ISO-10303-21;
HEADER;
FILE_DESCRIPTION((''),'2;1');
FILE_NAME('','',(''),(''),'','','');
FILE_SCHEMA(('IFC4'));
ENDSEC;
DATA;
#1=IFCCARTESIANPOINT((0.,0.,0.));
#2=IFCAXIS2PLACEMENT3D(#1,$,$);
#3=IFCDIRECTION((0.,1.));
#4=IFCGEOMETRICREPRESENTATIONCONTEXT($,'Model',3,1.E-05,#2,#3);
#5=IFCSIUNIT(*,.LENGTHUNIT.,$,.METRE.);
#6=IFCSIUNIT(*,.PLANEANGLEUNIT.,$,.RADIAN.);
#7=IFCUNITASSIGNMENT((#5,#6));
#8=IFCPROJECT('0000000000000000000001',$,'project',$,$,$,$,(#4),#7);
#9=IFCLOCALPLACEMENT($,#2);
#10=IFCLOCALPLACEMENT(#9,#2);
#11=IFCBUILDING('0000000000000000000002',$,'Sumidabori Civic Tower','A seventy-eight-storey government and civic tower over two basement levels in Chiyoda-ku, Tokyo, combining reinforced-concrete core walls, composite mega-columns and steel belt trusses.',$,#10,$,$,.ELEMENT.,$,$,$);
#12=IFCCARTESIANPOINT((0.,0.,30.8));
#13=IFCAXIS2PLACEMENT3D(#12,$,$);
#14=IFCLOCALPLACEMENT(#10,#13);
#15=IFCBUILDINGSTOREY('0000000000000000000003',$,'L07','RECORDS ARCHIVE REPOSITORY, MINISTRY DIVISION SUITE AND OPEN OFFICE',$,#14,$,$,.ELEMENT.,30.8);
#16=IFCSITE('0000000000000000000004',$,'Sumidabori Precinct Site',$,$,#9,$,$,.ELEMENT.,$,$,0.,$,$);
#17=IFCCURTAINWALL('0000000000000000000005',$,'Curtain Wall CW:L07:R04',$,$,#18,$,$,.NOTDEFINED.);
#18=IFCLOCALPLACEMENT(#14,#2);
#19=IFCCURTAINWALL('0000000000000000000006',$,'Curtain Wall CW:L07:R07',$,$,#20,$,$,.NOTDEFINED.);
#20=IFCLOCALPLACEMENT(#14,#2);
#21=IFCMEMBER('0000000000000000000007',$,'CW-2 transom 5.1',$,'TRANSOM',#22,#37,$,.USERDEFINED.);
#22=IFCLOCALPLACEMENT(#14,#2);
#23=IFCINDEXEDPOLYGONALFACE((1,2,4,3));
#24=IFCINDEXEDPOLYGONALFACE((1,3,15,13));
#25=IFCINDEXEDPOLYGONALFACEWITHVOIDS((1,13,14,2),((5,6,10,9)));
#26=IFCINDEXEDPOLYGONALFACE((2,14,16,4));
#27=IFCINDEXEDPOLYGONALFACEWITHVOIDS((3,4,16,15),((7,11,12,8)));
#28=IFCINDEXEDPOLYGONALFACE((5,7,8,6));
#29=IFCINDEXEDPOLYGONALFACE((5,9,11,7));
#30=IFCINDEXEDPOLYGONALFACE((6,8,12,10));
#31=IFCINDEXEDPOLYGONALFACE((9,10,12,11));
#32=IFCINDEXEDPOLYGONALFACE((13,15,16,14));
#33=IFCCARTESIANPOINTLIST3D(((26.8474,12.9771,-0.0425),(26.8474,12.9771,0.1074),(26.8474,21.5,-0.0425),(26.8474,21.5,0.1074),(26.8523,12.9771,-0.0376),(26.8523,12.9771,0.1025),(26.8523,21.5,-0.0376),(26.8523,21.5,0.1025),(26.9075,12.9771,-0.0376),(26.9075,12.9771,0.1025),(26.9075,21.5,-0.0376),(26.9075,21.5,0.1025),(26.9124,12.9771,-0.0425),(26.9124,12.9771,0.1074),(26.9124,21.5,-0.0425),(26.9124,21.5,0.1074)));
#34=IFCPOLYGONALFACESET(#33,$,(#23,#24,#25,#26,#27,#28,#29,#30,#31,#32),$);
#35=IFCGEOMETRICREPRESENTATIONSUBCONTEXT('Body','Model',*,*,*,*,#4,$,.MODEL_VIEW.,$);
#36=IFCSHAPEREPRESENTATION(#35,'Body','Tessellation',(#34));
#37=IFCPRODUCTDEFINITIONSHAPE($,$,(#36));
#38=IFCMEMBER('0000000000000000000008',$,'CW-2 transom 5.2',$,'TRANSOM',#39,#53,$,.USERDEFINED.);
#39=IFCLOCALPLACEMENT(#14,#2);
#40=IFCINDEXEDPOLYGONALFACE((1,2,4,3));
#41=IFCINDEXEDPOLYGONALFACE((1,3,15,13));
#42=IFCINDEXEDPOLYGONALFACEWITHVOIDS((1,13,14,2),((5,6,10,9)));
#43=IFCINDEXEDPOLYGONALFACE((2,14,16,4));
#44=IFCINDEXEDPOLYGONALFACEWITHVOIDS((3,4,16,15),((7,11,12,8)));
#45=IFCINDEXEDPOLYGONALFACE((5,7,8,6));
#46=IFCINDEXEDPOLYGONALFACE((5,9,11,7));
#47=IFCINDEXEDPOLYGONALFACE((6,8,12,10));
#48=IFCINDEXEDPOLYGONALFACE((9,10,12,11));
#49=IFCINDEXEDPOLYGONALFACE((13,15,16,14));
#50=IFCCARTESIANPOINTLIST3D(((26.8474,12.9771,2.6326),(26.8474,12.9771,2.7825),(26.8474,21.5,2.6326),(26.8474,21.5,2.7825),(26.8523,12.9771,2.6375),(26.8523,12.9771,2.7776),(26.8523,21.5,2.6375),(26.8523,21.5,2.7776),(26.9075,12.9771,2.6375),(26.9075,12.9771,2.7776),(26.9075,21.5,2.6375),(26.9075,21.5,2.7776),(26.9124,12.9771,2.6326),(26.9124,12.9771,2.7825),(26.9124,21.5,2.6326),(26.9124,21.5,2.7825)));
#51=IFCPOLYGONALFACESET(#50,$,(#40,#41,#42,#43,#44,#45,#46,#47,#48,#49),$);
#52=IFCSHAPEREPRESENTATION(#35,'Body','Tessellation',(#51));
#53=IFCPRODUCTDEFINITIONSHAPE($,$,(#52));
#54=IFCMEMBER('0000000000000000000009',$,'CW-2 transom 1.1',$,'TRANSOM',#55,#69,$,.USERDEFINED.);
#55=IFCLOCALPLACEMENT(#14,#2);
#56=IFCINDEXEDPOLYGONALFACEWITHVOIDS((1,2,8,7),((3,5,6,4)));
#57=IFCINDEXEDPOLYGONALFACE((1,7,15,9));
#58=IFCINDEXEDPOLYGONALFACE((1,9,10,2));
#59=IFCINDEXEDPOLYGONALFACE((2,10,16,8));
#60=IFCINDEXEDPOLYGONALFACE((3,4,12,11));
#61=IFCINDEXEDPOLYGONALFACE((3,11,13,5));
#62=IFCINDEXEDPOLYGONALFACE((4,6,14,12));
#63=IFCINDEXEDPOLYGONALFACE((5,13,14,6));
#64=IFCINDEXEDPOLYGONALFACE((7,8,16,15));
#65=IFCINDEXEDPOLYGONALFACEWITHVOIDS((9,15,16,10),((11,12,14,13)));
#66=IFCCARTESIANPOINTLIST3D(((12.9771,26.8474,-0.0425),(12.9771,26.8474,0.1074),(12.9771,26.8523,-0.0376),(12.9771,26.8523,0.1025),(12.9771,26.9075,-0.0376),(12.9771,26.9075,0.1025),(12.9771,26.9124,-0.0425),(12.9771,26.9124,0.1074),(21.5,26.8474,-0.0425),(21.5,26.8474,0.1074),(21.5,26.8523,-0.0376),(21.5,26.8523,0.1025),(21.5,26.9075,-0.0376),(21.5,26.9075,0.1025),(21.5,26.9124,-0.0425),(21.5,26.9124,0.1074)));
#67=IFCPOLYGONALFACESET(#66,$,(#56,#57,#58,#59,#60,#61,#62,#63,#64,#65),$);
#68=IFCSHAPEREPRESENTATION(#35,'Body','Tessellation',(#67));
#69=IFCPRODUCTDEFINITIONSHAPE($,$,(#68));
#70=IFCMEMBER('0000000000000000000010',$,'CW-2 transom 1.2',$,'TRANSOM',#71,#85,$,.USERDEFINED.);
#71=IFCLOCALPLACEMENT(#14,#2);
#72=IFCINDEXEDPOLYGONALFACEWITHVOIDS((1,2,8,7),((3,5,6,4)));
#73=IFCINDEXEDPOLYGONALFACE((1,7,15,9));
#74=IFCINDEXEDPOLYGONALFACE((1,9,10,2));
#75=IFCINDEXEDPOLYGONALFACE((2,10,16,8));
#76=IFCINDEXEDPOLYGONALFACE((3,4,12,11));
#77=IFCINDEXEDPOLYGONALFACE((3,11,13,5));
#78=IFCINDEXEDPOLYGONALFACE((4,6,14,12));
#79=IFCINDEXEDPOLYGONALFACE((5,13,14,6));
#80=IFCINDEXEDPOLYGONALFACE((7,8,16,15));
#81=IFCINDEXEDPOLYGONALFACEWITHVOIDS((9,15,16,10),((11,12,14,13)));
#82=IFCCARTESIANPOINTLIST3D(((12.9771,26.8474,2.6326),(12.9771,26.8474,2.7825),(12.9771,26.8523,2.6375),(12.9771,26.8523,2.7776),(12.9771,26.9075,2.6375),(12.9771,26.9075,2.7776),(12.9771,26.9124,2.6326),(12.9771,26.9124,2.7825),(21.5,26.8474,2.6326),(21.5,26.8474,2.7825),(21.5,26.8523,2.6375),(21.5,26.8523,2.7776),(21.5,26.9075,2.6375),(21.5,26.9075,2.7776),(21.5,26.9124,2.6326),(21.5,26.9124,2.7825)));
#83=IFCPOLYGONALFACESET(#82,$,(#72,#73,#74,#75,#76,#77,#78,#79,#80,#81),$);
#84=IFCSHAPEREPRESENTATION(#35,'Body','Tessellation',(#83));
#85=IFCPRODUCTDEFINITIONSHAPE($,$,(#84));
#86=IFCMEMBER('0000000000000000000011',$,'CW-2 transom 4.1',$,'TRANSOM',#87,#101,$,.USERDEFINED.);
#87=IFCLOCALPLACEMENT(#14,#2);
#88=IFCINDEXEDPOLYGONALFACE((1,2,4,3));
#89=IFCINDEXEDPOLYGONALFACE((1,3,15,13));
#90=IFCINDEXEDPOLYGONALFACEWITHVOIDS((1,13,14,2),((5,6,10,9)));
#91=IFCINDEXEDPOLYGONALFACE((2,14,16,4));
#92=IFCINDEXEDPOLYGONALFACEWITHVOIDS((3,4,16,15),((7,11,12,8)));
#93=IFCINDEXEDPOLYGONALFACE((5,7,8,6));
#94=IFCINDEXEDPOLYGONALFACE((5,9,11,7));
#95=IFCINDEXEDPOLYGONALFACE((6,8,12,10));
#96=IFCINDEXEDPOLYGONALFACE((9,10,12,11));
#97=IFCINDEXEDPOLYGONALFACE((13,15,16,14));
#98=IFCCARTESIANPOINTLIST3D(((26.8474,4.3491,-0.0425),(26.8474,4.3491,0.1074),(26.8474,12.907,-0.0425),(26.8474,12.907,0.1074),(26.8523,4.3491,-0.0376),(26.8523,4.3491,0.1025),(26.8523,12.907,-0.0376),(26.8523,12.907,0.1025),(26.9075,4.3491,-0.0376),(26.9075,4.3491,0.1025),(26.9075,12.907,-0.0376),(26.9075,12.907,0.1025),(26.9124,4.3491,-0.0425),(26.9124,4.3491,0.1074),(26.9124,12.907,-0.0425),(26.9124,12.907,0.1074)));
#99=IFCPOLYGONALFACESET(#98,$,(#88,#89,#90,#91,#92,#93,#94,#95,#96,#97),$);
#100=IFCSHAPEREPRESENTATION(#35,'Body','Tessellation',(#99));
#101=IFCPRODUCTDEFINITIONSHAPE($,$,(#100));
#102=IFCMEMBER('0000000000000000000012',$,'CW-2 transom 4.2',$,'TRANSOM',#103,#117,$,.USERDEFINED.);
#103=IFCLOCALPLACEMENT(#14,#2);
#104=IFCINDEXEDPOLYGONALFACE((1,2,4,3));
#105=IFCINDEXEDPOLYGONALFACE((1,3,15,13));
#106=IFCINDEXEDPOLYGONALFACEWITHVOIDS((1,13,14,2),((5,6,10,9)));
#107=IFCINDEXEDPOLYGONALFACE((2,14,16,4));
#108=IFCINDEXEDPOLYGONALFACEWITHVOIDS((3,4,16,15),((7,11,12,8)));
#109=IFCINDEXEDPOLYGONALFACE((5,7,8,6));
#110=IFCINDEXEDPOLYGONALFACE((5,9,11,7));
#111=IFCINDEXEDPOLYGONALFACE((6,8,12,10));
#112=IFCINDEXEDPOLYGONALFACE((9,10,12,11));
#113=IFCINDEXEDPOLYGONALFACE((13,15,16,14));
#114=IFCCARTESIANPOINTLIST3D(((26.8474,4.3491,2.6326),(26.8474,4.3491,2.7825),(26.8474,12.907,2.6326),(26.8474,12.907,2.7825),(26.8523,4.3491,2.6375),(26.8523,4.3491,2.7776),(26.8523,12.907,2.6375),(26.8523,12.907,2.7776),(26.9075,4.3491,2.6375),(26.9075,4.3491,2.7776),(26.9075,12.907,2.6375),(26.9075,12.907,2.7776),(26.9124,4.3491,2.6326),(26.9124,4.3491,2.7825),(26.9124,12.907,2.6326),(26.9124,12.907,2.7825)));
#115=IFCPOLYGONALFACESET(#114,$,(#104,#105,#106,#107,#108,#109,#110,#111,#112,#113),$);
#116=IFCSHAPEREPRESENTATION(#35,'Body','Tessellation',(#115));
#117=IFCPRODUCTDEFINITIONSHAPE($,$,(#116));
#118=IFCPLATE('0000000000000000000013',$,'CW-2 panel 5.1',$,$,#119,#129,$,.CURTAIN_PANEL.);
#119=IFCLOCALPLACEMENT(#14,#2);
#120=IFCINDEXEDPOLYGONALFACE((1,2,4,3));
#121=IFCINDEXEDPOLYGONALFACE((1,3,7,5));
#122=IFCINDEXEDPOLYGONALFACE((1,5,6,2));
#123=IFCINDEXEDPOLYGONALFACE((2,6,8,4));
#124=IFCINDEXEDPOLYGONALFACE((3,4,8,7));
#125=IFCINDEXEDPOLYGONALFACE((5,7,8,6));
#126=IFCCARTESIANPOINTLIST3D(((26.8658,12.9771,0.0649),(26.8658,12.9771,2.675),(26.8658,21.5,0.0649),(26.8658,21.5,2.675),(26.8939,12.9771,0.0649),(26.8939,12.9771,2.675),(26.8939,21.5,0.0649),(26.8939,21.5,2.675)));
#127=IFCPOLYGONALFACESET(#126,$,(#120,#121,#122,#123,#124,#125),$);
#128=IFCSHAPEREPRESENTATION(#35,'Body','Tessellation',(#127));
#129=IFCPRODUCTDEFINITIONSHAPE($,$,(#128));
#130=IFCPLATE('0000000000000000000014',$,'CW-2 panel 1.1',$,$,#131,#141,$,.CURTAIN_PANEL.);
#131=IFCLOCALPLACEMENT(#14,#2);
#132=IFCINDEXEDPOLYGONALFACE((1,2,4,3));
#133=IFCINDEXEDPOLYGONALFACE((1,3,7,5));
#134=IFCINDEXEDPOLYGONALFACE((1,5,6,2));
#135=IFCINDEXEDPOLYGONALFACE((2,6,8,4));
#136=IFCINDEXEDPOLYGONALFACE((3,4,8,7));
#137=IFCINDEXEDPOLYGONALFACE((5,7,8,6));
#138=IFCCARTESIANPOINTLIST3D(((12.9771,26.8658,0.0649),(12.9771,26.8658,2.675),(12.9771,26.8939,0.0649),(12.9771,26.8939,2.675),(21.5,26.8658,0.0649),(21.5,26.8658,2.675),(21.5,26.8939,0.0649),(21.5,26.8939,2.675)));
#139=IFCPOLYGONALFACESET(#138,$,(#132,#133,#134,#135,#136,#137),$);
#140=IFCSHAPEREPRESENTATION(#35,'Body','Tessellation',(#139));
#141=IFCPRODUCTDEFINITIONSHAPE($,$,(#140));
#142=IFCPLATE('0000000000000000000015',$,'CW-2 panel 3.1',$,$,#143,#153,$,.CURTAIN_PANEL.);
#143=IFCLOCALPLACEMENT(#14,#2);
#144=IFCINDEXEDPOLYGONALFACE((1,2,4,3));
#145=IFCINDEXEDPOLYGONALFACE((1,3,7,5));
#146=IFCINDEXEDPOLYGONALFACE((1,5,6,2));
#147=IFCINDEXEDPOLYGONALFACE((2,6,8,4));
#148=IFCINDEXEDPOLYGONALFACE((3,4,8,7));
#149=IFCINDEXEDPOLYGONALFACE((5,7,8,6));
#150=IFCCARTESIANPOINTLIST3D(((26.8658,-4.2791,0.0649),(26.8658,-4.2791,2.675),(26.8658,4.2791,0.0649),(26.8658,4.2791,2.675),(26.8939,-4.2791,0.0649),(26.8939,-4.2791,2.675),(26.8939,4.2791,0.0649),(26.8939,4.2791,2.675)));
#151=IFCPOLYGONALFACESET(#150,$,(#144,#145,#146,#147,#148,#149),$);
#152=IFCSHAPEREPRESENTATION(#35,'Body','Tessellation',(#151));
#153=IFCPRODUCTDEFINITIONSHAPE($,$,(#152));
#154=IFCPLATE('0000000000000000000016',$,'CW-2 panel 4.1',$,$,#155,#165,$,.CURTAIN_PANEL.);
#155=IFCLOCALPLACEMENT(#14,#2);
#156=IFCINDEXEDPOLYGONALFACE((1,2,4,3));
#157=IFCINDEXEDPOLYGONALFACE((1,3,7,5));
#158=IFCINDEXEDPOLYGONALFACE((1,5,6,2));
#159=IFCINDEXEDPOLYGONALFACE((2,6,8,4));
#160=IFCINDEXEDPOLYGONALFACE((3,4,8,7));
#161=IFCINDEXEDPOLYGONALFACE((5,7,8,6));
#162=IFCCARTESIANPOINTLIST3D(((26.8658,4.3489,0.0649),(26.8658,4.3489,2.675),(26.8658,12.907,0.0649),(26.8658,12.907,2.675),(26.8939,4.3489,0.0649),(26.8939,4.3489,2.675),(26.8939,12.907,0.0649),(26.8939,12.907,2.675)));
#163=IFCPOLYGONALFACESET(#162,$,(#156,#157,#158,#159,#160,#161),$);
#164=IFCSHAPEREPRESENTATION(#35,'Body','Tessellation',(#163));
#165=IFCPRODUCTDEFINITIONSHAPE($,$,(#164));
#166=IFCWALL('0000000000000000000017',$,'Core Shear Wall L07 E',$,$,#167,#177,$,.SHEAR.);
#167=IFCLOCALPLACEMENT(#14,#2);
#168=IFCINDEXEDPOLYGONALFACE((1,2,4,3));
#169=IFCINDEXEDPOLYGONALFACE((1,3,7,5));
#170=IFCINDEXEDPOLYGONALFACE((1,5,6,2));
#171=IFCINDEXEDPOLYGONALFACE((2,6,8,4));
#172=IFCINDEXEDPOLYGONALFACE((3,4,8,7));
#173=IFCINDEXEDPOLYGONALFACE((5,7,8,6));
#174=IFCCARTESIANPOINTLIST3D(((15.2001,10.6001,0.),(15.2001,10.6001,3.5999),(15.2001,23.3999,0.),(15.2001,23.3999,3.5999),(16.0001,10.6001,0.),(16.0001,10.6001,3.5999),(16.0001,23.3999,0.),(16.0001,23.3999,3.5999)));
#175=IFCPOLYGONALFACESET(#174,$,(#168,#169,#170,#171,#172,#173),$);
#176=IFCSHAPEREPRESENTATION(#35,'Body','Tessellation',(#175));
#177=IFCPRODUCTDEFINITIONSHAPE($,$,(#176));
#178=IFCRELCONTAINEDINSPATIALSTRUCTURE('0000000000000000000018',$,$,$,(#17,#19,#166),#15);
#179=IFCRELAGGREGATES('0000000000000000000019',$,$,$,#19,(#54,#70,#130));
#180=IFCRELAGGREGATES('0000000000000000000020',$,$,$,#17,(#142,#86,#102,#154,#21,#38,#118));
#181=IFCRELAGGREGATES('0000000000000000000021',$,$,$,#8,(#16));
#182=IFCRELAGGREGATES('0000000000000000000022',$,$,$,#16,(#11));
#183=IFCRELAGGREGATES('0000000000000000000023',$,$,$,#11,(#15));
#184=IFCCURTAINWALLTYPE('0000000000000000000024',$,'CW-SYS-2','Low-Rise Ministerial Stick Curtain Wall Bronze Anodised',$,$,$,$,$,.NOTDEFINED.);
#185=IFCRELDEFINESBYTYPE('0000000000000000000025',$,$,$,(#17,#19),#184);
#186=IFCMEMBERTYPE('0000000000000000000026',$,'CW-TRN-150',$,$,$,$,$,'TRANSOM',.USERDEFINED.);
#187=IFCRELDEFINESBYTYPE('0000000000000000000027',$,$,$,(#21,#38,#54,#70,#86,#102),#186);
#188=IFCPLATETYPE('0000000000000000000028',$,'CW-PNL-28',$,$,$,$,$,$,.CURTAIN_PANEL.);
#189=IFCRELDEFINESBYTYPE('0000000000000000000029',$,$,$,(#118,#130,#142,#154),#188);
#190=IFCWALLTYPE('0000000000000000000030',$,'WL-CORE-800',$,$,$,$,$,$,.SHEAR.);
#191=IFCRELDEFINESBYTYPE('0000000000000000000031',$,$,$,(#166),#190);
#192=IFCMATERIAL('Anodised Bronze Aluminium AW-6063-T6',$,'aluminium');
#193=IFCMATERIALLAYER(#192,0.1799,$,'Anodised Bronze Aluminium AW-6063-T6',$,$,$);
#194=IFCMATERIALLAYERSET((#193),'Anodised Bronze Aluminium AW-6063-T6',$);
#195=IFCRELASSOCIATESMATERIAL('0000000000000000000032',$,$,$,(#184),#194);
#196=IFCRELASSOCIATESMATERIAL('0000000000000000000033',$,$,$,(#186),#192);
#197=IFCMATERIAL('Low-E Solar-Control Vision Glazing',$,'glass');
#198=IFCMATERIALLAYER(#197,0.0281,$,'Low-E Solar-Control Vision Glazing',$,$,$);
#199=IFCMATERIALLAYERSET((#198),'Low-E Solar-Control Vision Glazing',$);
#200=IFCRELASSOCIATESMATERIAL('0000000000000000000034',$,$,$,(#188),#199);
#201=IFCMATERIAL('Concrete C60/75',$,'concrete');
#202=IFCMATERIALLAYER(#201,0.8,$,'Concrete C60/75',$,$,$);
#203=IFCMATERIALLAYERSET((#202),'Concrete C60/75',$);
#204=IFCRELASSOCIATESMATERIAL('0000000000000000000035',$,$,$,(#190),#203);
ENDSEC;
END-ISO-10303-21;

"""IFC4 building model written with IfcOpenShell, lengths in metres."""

from ifc_helpers import new_model, si_unit, direction, frame, frame_2d, origin, origin_2d, place, context, subcontext, project, spatial, rectangle, hollow_rectangle, extrude, source, transform, mapped, material, layer, layer_set, material_profile, profile_set, type_object, element, aggregate, save


model = new_model("IFC4")

# Units and contexts
model_context = context("Model", 3, precision=1e-05, world=origin(), true_north=direction((0.0, 1.0)))
body_context = subcontext(model_context, "Body", "Model", "MODEL_VIEW")
ifc_project = project(units=[si_unit("LENGTHUNIT", "METRE"), si_unit("PLANEANGLEUNIT", "RADIAN")], contexts=[model_context])

# Site, building, storey
site_placement = place(None, origin())
site = spatial("IfcSite", under=ifc_project, at=site_placement, Name="Sumidabori Precinct Site", CompositionType="ELEMENT", RefElevation=0.0)
building_placement = place(site_placement, origin())
building = spatial("IfcBuilding", under=site, at=building_placement, Name="Sumidabori Civic Tower", Description="A seventy-eight-storey government and civic tower over two basement levels in Chiyoda-ku, Tokyo, combining reinforced-concrete core walls, composite mega-columns and steel belt trusses.", CompositionType="ELEMENT")
storey_placement = place(building_placement, frame((0.0, 0.0, 30.8)))
storey = spatial("IfcBuildingStorey", under=building, at=storey_placement, Name="L07", Description="RECORDS ARCHIVE REPOSITORY, MINISTRY DIVISION SUITE AND OPEN OFFICE", CompositionType="ELEMENT", Elevation=30.8)

# Shared definitions
ifc_material_1 = material(Name="Concrete C60/75", Category="concrete")

# Curtain wall
ifc_material_2 = material(Name="Anodised Bronze Aluminium AW-6063-T6", Category="aluminium")
ifc_layer_1 = layer(ifc_material_2, 0.1799, Name="Anodised Bronze Aluminium AW-6063-T6")
ifc_layer_set_1 = layer_set([ifc_layer_1], Name="Anodised Bronze Aluminium AW-6063-T6")
curtain_wall_type = type_object("IfcCurtainWallType", Name="CW-SYS-2", Description="Low-Rise Ministerial Stick Curtain Wall Bronze Anodised", PredefinedType="NOTDEFINED", material=ifc_layer_set_1)
curtain_wall_1_placement = place(storey_placement, origin())
curtain_wall_1 = element("IfcCurtainWall", 1, at=curtain_wall_1_placement, inside=storey, type_object=curtain_wall_type, Name="Curtain Wall CW:L07:R04", PredefinedType="NOTDEFINED")

# Curtain wall
curtain_wall_2_placement = place(storey_placement, origin())
curtain_wall_2 = element("IfcCurtainWall", 2, at=curtain_wall_2_placement, inside=storey, type_object=curtain_wall_type, Name="Curtain Wall CW:L07:R07", PredefinedType="NOTDEFINED")

# Members
ifc_material_profile_1 = material_profile(ifc_material_2, hollow_rectangle(XDim=0.0649, YDim=0.1499, WallThickness=0.0049, at=origin_2d()), Name="ALU TRANSOM 150x65")
ifc_profile_set_1 = profile_set([ifc_material_profile_1], Name="Anodised Bronze Aluminium AW-6063-T6")
member_type_1 = type_object("IfcMemberType", Name="CW-TRN-150", ElementType="TRANSOM", PredefinedType="USERDEFINED", material=ifc_profile_set_1)
shared_shape_1 = source(origin(), body_context, "Body", "SweptSolid", [
    extrude(hollow_rectangle(XDim=0.0649, YDim=0.1499, WallThickness=0.0049, at=origin_2d()), origin(), (0.0, 0.0, 1.0), 8.5229),
])
member_1_placement = place(storey_placement, frame((26.8799, 12.9771, 0.0325), z_axis=(0.0, 1.0, 0.0), x_axis=(-1.0, 0.0, 0.0)))
member_1 = element("IfcMember", 3, at=member_1_placement, type_object=member_type_1, Name="CW-2 transom 5.1", ObjectType="TRANSOM", PredefinedType="USERDEFINED", context=body_context, shape_type="MappedRepresentation", body=[
    mapped(shared_shape_1, transform((0.0, 0.0, 0.0), x_axis=(1.0, 0.0, 0.0), y_axis=(0.0, 1.0, 0.0), z_axis=(0.0, 0.0, 1.0), scale=1.0)),
])
member_2_placement = place(storey_placement, frame((26.8799, 12.9771, 2.7075), z_axis=(0.0, 1.0, 0.0), x_axis=(-1.0, 0.0, 0.0)))
member_2 = element("IfcMember", 4, at=member_2_placement, type_object=member_type_1, Name="CW-2 transom 5.2", ObjectType="TRANSOM", PredefinedType="USERDEFINED", context=body_context, shape_type="MappedRepresentation", body=[
    mapped(shared_shape_1, transform((0.0, 0.0, 0.0), x_axis=(1.0, 0.0, 0.0), y_axis=(0.0, 1.0, 0.0), z_axis=(0.0, 0.0, 1.0), scale=1.0)),
])
member_3_placement = place(storey_placement, frame((21.5, 26.8799, 0.0325), z_axis=(-1.0, 0.0, 0.0), x_axis=(0.0, -1.0, 0.0)))
member_3 = element("IfcMember", 5, at=member_3_placement, type_object=member_type_1, Name="CW-2 transom 1.1", ObjectType="TRANSOM", PredefinedType="USERDEFINED", context=body_context, shape_type="MappedRepresentation", body=[
    mapped(shared_shape_1, transform((0.0, 0.0, 0.0), x_axis=(1.0, 0.0, 0.0), y_axis=(0.0, 1.0, 0.0), z_axis=(0.0, 0.0, 1.0), scale=1.0)),
])
member_4_placement = place(storey_placement, frame((21.5, 26.8799, 2.7075), z_axis=(-1.0, 0.0, 0.0), x_axis=(0.0, -1.0, 0.0)))
member_4 = element("IfcMember", 6, at=member_4_placement, type_object=member_type_1, Name="CW-2 transom 1.2", ObjectType="TRANSOM", PredefinedType="USERDEFINED", context=body_context, shape_type="MappedRepresentation", body=[
    mapped(shared_shape_1, transform((0.0, 0.0, 0.0), x_axis=(1.0, 0.0, 0.0), y_axis=(0.0, 1.0, 0.0), z_axis=(0.0, 0.0, 1.0), scale=1.0)),
])
shared_shape_2 = source(origin(), body_context, "Body", "SweptSolid", [
    extrude(hollow_rectangle(XDim=0.0649, YDim=0.1499, WallThickness=0.0049, at=origin_2d()), origin(), (0.0, 0.0, 1.0), 8.5579),
])
member_5_placement = place(storey_placement, frame((26.8799, 4.3491, 0.0325), z_axis=(0.0, 1.0, 0.0), x_axis=(-1.0, 0.0, 0.0)))
member_5 = element("IfcMember", 7, at=member_5_placement, type_object=member_type_1, Name="CW-2 transom 4.1", ObjectType="TRANSOM", PredefinedType="USERDEFINED", context=body_context, shape_type="MappedRepresentation", body=[
    mapped(shared_shape_2, transform((0.0, 0.0, 0.0), x_axis=(1.0, 0.0, 0.0), y_axis=(0.0, 1.0, 0.0), z_axis=(0.0, 0.0, 1.0), scale=1.0)),
])
member_6_placement = place(storey_placement, frame((26.8799, 4.3491, 2.7075), z_axis=(0.0, 1.0, 0.0), x_axis=(-1.0, 0.0, 0.0)))
member_6 = element("IfcMember", 8, at=member_6_placement, type_object=member_type_1, Name="CW-2 transom 4.2", ObjectType="TRANSOM", PredefinedType="USERDEFINED", context=body_context, shape_type="MappedRepresentation", body=[
    mapped(shared_shape_2, transform((0.0, 0.0, 0.0), x_axis=(1.0, 0.0, 0.0), y_axis=(0.0, 1.0, 0.0), z_axis=(0.0, 0.0, 1.0), scale=1.0)),
])

# Plates
ifc_material_3 = material(Name="Low-E Solar-Control Vision Glazing", Category="glass")
ifc_layer_2 = layer(ifc_material_3, 0.0281, Name="Low-E Solar-Control Vision Glazing")
ifc_layer_set_2 = layer_set([ifc_layer_2], Name="Low-E Solar-Control Vision Glazing")
plate_type = type_object("IfcPlateType", Name="CW-PNL-28", PredefinedType="CURTAIN_PANEL", material=ifc_layer_set_2)
shared_shape_3 = source(origin(), body_context, "Body", "SweptSolid", [
    extrude(rectangle(XDim=8.5229, YDim=0.0281, at=origin_2d()), origin(), (0.0, 0.0, 1.0), 2.6101),
])
plate_1_placement = place(storey_placement, frame((26.8799, 17.2385, 0.0649), z_axis=(0.0, 0.0, 1.0), x_axis=(0.0, 1.0, 0.0)))
plate_1 = element("IfcPlate", 9, at=plate_1_placement, type_object=plate_type, Name="CW-2 panel 5.1", PredefinedType="CURTAIN_PANEL", context=body_context, shape_type="MappedRepresentation", body=[
    mapped(shared_shape_3, transform((0.0, 0.0, 0.0), x_axis=(1.0, 0.0, 0.0), y_axis=(0.0, 1.0, 0.0), z_axis=(0.0, 0.0, 1.0), scale=1.0)),
])
plate_2_placement = place(storey_placement, frame((17.2385, 26.8799, 0.0649), z_axis=(0.0, 0.0, 1.0), x_axis=(-1.0, 0.0, 0.0)))
plate_2 = element("IfcPlate", 10, at=plate_2_placement, type_object=plate_type, Name="CW-2 panel 1.1", PredefinedType="CURTAIN_PANEL", context=body_context, shape_type="MappedRepresentation", body=[
    mapped(shared_shape_3, transform((0.0, 0.0, 0.0), x_axis=(1.0, 0.0, 0.0), y_axis=(0.0, 1.0, 0.0), z_axis=(0.0, 0.0, 1.0), scale=1.0)),
])
aggregate(curtain_wall_2, [member_3, member_4, plate_2])
shared_shape_4 = source(origin(), body_context, "Body", "SweptSolid", [
    extrude(rectangle(XDim=8.5581, YDim=0.0281, at=origin_2d()), origin(), (0.0, 0.0, 1.0), 2.6101),
])
plate_3_placement = place(storey_placement, frame((26.8799, 0.0, 0.0649), z_axis=(0.0, 0.0, 1.0), x_axis=(0.0, 1.0, 0.0)))
plate_3 = element("IfcPlate", 11, at=plate_3_placement, type_object=plate_type, Name="CW-2 panel 3.1", PredefinedType="CURTAIN_PANEL", context=body_context, shape_type="MappedRepresentation", body=[
    mapped(shared_shape_4, transform((0.0, 0.0, 0.0), x_axis=(1.0, 0.0, 0.0), y_axis=(0.0, 1.0, 0.0), z_axis=(0.0, 0.0, 1.0), scale=1.0)),
])
plate_4_placement = place(storey_placement, frame((26.8799, 8.6279, 0.0649), z_axis=(0.0, 0.0, 1.0), x_axis=(0.0, 1.0, 0.0)))
plate_4 = element("IfcPlate", 12, at=plate_4_placement, type_object=plate_type, Name="CW-2 panel 4.1", PredefinedType="CURTAIN_PANEL", context=body_context, shape_type="MappedRepresentation", body=[
    mapped(shared_shape_4, transform((0.0, 0.0, 0.0), x_axis=(1.0, 0.0, 0.0), y_axis=(0.0, 1.0, 0.0), z_axis=(0.0, 0.0, 1.0), scale=1.0)),
])
aggregate(curtain_wall_1, [plate_3, member_5, member_6, plate_4, member_1, member_2, plate_1])

# Wall
ifc_layer_3 = layer(ifc_material_1, 0.8, Name="Concrete C60/75")
ifc_layer_set_3 = layer_set([ifc_layer_3], Name="Concrete C60/75")
wall_type_1 = type_object("IfcWallType", Name="WL-CORE-800", PredefinedType="SHEAR", material=ifc_layer_set_3)
shared_shape_5 = source(origin(), body_context, "Body", "SweptSolid", [
    extrude(rectangle(XDim=12.7998, YDim=0.8, at=frame_2d((6.3999, 0.0))), origin(), (0.0, 0.0, 1.0), 3.5999),
])
wall_1_placement = place(storey_placement, frame((15.6001, 10.6001, 0.0), z_axis=(0.0, 0.0, 1.0), x_axis=(0.0, 1.0, 0.0)))
element("IfcWall", 13, at=wall_1_placement, inside=storey, type_object=wall_type_1, Name="Core Shear Wall L07 E", PredefinedType="SHEAR", context=body_context, shape_type="MappedRepresentation", body=[
    mapped(shared_shape_5, transform((0.0, 0.0, 0.0), x_axis=(1.0, 0.0, 0.0), y_axis=(0.0, 1.0, 0.0), z_axis=(0.0, 0.0, 1.0), scale=1.0)),
])

save(model, "model.ifc")
